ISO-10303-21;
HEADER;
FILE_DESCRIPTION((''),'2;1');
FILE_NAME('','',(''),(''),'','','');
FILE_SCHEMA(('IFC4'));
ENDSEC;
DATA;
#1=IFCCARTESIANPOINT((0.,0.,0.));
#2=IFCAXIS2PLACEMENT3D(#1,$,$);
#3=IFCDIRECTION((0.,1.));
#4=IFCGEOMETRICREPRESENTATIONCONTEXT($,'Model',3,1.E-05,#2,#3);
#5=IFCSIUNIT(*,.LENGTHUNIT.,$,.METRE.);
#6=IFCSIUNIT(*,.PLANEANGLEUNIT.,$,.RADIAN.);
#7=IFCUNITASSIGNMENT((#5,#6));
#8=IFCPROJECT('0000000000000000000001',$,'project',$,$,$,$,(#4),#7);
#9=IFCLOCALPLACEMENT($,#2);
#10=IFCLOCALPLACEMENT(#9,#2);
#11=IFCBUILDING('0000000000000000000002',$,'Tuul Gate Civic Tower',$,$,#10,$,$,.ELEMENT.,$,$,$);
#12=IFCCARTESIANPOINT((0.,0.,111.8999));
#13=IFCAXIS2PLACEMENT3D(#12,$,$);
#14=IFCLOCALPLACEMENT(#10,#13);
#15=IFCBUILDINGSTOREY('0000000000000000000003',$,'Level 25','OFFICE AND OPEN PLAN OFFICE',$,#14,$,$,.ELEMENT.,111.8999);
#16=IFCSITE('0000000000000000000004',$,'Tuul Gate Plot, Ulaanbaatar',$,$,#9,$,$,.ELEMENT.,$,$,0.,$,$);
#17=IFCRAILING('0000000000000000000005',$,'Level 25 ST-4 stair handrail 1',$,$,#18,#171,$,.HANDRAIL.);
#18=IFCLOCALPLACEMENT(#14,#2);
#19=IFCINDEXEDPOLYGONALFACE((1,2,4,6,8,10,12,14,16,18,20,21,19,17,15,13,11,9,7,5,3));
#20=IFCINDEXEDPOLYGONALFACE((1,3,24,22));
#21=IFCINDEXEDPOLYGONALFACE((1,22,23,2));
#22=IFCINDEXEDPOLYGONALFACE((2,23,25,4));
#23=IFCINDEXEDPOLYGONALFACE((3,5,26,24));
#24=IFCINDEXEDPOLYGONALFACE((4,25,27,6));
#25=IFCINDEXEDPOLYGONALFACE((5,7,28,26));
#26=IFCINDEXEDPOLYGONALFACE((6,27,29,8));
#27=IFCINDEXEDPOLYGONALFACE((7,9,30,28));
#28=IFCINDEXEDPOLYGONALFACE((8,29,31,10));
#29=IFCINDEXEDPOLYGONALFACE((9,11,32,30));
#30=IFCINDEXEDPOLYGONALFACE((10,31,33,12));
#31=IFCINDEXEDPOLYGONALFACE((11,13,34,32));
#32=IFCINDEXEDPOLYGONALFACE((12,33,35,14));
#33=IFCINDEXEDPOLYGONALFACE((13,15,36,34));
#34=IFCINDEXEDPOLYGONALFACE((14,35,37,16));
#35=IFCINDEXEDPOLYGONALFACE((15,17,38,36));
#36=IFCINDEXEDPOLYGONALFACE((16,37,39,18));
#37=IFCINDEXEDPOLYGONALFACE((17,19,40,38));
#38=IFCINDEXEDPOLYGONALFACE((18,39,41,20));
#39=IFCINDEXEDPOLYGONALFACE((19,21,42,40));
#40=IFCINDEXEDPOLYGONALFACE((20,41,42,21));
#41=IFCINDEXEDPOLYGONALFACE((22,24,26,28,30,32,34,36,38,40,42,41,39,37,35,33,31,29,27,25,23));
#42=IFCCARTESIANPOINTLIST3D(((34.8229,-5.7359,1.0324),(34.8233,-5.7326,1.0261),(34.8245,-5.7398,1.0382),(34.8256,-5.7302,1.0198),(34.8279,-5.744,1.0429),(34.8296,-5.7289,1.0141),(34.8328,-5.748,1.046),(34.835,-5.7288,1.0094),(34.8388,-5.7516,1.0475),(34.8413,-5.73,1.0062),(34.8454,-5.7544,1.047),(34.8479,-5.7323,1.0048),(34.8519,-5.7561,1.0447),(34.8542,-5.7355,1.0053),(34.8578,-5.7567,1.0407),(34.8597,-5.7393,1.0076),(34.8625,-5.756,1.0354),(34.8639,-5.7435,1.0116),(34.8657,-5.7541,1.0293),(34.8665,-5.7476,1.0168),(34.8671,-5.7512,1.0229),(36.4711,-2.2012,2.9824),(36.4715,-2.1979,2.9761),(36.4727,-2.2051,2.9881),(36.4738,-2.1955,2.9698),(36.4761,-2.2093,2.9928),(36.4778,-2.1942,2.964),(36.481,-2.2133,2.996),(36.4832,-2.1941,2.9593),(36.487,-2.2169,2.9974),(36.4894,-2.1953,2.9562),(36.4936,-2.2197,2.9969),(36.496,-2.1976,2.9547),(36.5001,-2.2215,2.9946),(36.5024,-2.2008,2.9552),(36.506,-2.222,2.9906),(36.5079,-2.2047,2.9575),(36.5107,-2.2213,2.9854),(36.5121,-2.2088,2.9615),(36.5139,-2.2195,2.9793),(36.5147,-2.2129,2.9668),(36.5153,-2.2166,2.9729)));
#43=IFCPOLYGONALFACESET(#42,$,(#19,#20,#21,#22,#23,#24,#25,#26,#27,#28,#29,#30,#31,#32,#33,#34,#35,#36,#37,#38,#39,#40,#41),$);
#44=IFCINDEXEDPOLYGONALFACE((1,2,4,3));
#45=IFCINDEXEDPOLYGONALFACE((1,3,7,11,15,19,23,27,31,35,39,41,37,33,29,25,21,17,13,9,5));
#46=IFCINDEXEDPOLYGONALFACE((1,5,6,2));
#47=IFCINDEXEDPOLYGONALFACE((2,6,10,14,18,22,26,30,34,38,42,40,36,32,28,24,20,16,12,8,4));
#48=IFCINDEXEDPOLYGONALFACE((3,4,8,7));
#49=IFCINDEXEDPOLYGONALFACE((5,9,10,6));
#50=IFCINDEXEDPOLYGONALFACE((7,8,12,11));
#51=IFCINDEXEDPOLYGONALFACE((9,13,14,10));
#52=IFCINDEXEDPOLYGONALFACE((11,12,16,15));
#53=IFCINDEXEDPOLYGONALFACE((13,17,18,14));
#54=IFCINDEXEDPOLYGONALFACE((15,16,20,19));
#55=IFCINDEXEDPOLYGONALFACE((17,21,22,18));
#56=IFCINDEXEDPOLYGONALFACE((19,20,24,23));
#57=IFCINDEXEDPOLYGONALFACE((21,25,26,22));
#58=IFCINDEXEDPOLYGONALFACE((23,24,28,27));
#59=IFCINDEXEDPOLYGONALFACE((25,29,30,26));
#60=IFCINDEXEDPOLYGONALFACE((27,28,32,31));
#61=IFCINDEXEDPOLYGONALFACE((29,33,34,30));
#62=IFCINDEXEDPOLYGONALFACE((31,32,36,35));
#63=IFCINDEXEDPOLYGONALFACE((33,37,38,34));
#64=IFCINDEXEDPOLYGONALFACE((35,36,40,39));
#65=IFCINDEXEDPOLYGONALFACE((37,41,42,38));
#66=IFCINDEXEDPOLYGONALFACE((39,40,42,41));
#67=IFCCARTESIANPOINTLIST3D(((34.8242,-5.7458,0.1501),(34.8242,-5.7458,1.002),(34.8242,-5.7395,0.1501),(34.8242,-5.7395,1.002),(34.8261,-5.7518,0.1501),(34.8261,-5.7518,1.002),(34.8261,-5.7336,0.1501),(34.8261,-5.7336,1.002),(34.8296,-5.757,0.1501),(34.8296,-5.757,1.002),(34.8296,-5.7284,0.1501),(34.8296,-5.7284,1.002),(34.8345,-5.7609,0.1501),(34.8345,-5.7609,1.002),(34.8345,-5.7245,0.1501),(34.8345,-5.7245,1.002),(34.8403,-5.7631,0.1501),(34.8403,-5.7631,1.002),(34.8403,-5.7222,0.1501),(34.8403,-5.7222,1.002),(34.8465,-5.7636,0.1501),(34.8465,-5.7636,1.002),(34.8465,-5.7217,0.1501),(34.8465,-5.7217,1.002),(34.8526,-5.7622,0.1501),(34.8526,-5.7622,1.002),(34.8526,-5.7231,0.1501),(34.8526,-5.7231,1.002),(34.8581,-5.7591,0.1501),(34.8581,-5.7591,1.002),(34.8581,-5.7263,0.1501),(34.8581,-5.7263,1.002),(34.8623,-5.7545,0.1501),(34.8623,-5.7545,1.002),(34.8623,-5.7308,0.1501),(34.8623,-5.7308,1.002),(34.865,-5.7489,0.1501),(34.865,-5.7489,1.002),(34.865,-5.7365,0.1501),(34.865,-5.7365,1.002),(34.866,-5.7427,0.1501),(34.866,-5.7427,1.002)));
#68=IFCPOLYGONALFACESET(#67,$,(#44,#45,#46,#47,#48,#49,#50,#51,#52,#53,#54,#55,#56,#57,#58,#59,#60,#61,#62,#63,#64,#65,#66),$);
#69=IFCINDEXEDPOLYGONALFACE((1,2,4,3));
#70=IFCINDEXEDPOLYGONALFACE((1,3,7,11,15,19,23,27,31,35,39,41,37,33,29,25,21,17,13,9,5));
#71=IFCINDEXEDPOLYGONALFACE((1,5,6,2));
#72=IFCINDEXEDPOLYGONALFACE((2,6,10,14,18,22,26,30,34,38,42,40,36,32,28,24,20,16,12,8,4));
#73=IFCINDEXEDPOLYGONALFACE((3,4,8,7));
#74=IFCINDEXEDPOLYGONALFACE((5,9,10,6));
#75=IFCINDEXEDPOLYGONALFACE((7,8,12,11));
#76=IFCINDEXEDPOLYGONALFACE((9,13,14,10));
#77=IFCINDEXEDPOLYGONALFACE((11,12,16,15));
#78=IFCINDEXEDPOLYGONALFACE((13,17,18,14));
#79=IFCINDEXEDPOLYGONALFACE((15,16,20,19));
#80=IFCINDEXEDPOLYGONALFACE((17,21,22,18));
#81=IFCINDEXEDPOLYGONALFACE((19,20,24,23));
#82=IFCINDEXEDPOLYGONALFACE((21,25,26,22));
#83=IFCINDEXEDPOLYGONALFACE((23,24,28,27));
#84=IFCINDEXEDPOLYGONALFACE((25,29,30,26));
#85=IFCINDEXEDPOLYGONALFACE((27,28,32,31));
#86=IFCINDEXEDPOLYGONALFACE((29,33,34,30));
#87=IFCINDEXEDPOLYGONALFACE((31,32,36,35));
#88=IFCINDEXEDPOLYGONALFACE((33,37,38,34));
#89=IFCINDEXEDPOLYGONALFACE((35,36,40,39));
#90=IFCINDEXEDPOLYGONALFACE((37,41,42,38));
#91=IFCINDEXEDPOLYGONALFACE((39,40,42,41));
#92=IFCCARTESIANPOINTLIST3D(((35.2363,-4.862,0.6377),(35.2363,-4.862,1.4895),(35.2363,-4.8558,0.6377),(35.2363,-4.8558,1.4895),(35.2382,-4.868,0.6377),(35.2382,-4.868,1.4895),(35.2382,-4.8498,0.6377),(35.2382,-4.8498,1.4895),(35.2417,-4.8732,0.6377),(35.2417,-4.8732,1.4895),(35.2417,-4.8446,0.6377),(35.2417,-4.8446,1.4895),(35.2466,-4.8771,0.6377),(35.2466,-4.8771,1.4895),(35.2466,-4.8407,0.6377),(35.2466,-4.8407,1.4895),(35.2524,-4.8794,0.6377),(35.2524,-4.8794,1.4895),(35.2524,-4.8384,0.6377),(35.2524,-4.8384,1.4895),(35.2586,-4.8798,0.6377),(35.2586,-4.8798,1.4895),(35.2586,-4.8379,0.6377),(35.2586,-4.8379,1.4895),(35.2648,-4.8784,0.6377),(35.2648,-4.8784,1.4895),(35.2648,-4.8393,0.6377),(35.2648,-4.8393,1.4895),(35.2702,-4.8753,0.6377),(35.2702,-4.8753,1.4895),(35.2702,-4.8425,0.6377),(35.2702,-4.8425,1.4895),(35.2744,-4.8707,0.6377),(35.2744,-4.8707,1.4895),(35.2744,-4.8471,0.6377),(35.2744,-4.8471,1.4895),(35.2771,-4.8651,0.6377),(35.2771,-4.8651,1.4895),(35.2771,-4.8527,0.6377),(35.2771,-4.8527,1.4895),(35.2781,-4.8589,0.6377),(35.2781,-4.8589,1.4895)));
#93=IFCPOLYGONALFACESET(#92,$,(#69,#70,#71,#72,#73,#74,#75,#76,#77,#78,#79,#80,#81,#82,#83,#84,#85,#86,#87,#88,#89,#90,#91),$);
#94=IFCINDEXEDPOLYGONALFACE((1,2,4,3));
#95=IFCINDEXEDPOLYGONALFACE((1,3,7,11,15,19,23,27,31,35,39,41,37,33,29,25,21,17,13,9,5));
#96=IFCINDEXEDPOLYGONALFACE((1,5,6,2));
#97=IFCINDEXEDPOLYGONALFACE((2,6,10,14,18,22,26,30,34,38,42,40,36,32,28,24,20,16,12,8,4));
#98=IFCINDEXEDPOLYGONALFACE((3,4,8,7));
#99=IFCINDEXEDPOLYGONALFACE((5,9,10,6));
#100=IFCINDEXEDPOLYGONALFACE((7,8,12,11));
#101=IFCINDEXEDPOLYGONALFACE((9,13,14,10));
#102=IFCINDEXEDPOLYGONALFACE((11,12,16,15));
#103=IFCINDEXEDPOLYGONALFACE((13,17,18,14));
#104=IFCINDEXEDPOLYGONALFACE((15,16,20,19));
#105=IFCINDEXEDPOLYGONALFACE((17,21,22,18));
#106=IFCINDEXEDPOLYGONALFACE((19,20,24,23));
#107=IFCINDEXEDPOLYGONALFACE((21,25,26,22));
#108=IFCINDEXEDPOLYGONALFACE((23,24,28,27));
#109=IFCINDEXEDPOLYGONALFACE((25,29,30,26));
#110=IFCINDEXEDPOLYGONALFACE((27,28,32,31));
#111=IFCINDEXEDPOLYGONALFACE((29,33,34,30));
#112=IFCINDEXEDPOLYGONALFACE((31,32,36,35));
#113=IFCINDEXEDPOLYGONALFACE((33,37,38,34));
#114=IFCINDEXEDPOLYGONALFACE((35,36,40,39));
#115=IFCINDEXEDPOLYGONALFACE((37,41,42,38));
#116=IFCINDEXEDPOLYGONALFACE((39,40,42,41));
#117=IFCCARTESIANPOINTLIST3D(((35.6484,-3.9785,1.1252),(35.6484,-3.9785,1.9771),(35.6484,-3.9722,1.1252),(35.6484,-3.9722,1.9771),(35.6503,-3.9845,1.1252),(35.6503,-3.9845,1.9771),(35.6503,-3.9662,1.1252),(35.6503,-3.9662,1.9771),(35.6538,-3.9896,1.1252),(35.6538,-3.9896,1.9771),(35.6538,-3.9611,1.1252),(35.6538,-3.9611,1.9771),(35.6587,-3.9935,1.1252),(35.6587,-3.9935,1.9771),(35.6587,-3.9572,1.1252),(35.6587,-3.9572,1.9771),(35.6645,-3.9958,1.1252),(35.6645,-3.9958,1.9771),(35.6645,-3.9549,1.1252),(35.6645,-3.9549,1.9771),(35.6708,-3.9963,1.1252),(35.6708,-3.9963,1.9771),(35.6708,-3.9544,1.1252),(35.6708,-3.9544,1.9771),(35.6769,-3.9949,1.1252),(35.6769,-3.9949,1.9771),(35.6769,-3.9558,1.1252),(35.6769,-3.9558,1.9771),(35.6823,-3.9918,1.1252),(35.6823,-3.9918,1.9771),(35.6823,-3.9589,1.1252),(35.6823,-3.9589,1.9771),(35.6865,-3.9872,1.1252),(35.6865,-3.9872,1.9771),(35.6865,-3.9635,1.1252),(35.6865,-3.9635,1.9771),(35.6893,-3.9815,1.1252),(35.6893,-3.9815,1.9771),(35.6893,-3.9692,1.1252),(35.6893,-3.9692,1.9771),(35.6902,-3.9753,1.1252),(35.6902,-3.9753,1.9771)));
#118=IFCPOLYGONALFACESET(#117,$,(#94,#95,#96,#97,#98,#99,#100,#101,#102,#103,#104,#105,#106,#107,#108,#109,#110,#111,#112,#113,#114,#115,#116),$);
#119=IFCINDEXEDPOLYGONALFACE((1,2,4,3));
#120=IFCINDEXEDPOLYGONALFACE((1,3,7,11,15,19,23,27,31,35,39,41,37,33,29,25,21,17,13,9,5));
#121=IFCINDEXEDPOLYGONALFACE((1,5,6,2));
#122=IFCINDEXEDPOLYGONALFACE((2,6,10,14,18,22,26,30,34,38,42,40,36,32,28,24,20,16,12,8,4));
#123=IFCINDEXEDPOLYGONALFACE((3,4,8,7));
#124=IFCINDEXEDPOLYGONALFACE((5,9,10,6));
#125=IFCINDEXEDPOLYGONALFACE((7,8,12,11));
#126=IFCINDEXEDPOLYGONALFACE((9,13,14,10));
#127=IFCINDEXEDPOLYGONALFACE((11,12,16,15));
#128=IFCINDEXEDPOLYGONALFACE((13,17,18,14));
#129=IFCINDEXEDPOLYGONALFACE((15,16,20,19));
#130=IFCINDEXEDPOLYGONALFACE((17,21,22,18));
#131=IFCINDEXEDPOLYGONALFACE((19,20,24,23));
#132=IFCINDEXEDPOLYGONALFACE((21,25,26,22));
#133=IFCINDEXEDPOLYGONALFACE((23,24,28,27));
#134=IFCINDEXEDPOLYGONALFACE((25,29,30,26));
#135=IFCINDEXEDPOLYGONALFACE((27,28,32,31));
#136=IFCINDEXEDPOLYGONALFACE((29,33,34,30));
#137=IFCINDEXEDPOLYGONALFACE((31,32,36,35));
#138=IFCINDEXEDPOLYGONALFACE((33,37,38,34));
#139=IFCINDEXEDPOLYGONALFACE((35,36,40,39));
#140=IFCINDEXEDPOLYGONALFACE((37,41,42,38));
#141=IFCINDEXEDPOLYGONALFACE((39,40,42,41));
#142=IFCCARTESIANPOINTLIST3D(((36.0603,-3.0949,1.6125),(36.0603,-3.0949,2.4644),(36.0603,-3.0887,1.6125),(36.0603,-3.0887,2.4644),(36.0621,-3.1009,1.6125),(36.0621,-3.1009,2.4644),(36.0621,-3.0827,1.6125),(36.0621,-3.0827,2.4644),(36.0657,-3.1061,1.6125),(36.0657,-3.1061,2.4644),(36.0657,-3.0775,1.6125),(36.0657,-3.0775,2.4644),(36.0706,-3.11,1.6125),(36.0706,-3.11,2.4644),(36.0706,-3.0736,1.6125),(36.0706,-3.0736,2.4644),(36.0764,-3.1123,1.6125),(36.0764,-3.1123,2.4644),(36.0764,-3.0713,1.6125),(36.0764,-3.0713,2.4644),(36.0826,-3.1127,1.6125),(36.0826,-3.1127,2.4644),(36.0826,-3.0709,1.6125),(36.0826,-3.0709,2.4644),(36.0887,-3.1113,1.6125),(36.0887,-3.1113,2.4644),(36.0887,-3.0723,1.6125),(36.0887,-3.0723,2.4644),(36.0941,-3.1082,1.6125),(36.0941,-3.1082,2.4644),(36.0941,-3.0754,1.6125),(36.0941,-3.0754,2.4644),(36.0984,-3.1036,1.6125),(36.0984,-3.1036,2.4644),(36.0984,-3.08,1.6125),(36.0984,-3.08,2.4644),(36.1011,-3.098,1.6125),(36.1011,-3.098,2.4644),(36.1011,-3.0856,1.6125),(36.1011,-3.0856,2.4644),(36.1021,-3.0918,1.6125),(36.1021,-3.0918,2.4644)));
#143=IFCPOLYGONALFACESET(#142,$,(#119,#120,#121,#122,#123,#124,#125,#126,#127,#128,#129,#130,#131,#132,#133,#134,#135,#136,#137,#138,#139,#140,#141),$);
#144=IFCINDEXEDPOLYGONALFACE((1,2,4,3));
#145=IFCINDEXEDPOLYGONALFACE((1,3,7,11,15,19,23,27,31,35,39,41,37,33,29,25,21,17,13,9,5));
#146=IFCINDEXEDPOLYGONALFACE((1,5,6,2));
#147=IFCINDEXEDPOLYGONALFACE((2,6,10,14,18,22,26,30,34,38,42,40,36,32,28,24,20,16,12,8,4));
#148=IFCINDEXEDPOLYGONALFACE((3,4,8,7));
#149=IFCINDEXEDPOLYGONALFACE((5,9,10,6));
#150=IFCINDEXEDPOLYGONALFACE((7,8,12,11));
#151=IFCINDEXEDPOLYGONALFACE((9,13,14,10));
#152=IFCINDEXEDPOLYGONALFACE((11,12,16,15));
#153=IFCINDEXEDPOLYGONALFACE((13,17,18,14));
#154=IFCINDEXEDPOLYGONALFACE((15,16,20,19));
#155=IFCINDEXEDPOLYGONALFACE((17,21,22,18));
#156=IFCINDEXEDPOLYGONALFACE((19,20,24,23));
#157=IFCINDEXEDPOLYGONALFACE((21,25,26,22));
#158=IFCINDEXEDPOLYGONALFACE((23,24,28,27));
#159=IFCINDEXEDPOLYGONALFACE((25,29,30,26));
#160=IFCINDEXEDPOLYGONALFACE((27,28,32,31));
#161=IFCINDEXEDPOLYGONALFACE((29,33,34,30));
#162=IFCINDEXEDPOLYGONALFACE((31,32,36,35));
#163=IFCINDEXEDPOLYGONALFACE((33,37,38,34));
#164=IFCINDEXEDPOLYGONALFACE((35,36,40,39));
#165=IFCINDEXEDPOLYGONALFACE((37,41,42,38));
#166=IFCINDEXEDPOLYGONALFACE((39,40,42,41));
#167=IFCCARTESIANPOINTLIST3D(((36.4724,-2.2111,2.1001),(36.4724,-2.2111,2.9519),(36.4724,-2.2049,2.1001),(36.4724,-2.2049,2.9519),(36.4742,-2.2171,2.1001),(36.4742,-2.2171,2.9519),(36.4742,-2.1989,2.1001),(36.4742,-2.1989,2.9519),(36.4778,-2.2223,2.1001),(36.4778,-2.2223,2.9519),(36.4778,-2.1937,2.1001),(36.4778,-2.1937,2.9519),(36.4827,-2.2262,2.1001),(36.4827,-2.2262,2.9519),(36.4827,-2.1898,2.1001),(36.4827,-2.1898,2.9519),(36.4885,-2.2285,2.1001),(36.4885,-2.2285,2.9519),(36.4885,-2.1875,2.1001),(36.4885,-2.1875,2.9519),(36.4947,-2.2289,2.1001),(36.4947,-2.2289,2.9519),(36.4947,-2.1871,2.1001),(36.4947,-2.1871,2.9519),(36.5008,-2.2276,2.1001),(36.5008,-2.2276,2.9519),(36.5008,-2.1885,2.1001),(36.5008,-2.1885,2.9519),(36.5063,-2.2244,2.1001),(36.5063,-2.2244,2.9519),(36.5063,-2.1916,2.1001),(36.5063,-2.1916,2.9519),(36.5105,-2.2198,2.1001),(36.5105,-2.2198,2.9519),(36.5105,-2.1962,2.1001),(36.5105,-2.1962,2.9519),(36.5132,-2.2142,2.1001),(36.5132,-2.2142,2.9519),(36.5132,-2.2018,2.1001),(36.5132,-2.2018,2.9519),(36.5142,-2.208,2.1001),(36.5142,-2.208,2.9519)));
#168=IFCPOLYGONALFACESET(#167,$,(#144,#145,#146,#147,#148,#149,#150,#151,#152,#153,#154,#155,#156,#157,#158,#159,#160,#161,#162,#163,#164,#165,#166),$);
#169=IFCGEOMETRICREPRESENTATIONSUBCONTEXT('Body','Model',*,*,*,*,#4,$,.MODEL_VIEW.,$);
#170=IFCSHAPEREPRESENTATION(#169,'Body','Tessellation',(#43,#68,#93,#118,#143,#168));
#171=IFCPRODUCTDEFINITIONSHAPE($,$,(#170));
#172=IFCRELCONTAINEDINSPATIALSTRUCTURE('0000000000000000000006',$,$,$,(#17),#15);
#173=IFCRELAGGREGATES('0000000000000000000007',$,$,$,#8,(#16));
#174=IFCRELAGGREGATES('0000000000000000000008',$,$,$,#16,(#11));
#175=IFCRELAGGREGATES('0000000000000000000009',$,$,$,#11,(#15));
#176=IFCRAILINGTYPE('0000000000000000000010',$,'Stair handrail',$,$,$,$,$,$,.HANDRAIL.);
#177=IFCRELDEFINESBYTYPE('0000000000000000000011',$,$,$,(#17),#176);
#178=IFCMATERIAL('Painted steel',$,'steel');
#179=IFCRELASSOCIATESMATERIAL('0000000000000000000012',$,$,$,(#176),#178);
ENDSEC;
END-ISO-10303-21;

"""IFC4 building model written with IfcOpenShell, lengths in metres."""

from ifc_helpers import new_model, si_unit, direction, frame, origin, origin_2d, place, context, subcontext, project, spatial, circle, extrude, material, type_object, element, save


model = new_model("IFC4")

# Units and contexts
model_context = context("Model", 3, precision=1e-05, world=origin(), true_north=direction((0.0, 1.0)))
body_context = subcontext(model_context, "Body", "Model", "MODEL_VIEW")
ifc_project = project(units=[si_unit("LENGTHUNIT", "METRE"), si_unit("PLANEANGLEUNIT", "RADIAN")], contexts=[model_context])

# Site, building, storey
site_placement = place(None, origin())
site = spatial("IfcSite", under=ifc_project, at=site_placement, Name="Tuul Gate Plot, Ulaanbaatar", CompositionType="ELEMENT", RefElevation=0.0)
building_placement = place(site_placement, origin())
building = spatial("IfcBuilding", under=site, at=building_placement, Name="Tuul Gate Civic Tower", CompositionType="ELEMENT")
storey_placement = place(building_placement, frame((0.0, 0.0, 111.8999)))
storey = spatial("IfcBuildingStorey", under=building, at=storey_placement, Name="Level 25", Description="OFFICE AND OPEN PLAN OFFICE", CompositionType="ELEMENT", Elevation=111.8999)

# Railing
ifc_material_1 = material(Name="Painted steel", Category="steel")
railing_type_1 = type_object("IfcRailingType", Name="Stair handrail", PredefinedType="HANDRAIL", material=ifc_material_1)
railing_1_placement = place(storey_placement, frame((34.845, -5.7427, 0.1501)))
element("IfcRailing", 1, at=railing_1_placement, inside=storey, type_object=railing_type_1, Name="Level 25 ST-4 stair handrail 1", PredefinedType="HANDRAIL", context=body_context, shape_type="SweptSolid", body=[
    extrude(circle(Radius=0.0239, at=origin_2d()), frame((0.0, 0.0, 0.876), z_axis=(0.377995, 0.810637, 0.4472), x_axis=(-0.906313, 0.422608, 0.0)), (0.0, 0.0, 1.0), 4.3604),
    extrude(circle(Radius=0.021, at=origin_2d()), origin(), (0.0, 0.0, 1.0), 0.8518),
    extrude(circle(Radius=0.021, at=origin_2d()), frame((0.4121, 0.8838, 0.4875)), (0.0, 0.0, 1.0), 0.8518),
    extrude(circle(Radius=0.021, at=origin_2d()), frame((0.8242, 1.7673, 0.9751)), (0.0, 0.0, 1.0), 0.8518),
    extrude(circle(Radius=0.021, at=origin_2d()), frame((1.2361, 2.6509, 1.4624)), (0.0, 0.0, 1.0), 0.8518),
    extrude(circle(Radius=0.021, at=origin_2d()), frame((1.6482, 3.5347, 1.95)), (0.0, 0.0, 1.0), 0.8518),
])

save(model, "model.ifc")
